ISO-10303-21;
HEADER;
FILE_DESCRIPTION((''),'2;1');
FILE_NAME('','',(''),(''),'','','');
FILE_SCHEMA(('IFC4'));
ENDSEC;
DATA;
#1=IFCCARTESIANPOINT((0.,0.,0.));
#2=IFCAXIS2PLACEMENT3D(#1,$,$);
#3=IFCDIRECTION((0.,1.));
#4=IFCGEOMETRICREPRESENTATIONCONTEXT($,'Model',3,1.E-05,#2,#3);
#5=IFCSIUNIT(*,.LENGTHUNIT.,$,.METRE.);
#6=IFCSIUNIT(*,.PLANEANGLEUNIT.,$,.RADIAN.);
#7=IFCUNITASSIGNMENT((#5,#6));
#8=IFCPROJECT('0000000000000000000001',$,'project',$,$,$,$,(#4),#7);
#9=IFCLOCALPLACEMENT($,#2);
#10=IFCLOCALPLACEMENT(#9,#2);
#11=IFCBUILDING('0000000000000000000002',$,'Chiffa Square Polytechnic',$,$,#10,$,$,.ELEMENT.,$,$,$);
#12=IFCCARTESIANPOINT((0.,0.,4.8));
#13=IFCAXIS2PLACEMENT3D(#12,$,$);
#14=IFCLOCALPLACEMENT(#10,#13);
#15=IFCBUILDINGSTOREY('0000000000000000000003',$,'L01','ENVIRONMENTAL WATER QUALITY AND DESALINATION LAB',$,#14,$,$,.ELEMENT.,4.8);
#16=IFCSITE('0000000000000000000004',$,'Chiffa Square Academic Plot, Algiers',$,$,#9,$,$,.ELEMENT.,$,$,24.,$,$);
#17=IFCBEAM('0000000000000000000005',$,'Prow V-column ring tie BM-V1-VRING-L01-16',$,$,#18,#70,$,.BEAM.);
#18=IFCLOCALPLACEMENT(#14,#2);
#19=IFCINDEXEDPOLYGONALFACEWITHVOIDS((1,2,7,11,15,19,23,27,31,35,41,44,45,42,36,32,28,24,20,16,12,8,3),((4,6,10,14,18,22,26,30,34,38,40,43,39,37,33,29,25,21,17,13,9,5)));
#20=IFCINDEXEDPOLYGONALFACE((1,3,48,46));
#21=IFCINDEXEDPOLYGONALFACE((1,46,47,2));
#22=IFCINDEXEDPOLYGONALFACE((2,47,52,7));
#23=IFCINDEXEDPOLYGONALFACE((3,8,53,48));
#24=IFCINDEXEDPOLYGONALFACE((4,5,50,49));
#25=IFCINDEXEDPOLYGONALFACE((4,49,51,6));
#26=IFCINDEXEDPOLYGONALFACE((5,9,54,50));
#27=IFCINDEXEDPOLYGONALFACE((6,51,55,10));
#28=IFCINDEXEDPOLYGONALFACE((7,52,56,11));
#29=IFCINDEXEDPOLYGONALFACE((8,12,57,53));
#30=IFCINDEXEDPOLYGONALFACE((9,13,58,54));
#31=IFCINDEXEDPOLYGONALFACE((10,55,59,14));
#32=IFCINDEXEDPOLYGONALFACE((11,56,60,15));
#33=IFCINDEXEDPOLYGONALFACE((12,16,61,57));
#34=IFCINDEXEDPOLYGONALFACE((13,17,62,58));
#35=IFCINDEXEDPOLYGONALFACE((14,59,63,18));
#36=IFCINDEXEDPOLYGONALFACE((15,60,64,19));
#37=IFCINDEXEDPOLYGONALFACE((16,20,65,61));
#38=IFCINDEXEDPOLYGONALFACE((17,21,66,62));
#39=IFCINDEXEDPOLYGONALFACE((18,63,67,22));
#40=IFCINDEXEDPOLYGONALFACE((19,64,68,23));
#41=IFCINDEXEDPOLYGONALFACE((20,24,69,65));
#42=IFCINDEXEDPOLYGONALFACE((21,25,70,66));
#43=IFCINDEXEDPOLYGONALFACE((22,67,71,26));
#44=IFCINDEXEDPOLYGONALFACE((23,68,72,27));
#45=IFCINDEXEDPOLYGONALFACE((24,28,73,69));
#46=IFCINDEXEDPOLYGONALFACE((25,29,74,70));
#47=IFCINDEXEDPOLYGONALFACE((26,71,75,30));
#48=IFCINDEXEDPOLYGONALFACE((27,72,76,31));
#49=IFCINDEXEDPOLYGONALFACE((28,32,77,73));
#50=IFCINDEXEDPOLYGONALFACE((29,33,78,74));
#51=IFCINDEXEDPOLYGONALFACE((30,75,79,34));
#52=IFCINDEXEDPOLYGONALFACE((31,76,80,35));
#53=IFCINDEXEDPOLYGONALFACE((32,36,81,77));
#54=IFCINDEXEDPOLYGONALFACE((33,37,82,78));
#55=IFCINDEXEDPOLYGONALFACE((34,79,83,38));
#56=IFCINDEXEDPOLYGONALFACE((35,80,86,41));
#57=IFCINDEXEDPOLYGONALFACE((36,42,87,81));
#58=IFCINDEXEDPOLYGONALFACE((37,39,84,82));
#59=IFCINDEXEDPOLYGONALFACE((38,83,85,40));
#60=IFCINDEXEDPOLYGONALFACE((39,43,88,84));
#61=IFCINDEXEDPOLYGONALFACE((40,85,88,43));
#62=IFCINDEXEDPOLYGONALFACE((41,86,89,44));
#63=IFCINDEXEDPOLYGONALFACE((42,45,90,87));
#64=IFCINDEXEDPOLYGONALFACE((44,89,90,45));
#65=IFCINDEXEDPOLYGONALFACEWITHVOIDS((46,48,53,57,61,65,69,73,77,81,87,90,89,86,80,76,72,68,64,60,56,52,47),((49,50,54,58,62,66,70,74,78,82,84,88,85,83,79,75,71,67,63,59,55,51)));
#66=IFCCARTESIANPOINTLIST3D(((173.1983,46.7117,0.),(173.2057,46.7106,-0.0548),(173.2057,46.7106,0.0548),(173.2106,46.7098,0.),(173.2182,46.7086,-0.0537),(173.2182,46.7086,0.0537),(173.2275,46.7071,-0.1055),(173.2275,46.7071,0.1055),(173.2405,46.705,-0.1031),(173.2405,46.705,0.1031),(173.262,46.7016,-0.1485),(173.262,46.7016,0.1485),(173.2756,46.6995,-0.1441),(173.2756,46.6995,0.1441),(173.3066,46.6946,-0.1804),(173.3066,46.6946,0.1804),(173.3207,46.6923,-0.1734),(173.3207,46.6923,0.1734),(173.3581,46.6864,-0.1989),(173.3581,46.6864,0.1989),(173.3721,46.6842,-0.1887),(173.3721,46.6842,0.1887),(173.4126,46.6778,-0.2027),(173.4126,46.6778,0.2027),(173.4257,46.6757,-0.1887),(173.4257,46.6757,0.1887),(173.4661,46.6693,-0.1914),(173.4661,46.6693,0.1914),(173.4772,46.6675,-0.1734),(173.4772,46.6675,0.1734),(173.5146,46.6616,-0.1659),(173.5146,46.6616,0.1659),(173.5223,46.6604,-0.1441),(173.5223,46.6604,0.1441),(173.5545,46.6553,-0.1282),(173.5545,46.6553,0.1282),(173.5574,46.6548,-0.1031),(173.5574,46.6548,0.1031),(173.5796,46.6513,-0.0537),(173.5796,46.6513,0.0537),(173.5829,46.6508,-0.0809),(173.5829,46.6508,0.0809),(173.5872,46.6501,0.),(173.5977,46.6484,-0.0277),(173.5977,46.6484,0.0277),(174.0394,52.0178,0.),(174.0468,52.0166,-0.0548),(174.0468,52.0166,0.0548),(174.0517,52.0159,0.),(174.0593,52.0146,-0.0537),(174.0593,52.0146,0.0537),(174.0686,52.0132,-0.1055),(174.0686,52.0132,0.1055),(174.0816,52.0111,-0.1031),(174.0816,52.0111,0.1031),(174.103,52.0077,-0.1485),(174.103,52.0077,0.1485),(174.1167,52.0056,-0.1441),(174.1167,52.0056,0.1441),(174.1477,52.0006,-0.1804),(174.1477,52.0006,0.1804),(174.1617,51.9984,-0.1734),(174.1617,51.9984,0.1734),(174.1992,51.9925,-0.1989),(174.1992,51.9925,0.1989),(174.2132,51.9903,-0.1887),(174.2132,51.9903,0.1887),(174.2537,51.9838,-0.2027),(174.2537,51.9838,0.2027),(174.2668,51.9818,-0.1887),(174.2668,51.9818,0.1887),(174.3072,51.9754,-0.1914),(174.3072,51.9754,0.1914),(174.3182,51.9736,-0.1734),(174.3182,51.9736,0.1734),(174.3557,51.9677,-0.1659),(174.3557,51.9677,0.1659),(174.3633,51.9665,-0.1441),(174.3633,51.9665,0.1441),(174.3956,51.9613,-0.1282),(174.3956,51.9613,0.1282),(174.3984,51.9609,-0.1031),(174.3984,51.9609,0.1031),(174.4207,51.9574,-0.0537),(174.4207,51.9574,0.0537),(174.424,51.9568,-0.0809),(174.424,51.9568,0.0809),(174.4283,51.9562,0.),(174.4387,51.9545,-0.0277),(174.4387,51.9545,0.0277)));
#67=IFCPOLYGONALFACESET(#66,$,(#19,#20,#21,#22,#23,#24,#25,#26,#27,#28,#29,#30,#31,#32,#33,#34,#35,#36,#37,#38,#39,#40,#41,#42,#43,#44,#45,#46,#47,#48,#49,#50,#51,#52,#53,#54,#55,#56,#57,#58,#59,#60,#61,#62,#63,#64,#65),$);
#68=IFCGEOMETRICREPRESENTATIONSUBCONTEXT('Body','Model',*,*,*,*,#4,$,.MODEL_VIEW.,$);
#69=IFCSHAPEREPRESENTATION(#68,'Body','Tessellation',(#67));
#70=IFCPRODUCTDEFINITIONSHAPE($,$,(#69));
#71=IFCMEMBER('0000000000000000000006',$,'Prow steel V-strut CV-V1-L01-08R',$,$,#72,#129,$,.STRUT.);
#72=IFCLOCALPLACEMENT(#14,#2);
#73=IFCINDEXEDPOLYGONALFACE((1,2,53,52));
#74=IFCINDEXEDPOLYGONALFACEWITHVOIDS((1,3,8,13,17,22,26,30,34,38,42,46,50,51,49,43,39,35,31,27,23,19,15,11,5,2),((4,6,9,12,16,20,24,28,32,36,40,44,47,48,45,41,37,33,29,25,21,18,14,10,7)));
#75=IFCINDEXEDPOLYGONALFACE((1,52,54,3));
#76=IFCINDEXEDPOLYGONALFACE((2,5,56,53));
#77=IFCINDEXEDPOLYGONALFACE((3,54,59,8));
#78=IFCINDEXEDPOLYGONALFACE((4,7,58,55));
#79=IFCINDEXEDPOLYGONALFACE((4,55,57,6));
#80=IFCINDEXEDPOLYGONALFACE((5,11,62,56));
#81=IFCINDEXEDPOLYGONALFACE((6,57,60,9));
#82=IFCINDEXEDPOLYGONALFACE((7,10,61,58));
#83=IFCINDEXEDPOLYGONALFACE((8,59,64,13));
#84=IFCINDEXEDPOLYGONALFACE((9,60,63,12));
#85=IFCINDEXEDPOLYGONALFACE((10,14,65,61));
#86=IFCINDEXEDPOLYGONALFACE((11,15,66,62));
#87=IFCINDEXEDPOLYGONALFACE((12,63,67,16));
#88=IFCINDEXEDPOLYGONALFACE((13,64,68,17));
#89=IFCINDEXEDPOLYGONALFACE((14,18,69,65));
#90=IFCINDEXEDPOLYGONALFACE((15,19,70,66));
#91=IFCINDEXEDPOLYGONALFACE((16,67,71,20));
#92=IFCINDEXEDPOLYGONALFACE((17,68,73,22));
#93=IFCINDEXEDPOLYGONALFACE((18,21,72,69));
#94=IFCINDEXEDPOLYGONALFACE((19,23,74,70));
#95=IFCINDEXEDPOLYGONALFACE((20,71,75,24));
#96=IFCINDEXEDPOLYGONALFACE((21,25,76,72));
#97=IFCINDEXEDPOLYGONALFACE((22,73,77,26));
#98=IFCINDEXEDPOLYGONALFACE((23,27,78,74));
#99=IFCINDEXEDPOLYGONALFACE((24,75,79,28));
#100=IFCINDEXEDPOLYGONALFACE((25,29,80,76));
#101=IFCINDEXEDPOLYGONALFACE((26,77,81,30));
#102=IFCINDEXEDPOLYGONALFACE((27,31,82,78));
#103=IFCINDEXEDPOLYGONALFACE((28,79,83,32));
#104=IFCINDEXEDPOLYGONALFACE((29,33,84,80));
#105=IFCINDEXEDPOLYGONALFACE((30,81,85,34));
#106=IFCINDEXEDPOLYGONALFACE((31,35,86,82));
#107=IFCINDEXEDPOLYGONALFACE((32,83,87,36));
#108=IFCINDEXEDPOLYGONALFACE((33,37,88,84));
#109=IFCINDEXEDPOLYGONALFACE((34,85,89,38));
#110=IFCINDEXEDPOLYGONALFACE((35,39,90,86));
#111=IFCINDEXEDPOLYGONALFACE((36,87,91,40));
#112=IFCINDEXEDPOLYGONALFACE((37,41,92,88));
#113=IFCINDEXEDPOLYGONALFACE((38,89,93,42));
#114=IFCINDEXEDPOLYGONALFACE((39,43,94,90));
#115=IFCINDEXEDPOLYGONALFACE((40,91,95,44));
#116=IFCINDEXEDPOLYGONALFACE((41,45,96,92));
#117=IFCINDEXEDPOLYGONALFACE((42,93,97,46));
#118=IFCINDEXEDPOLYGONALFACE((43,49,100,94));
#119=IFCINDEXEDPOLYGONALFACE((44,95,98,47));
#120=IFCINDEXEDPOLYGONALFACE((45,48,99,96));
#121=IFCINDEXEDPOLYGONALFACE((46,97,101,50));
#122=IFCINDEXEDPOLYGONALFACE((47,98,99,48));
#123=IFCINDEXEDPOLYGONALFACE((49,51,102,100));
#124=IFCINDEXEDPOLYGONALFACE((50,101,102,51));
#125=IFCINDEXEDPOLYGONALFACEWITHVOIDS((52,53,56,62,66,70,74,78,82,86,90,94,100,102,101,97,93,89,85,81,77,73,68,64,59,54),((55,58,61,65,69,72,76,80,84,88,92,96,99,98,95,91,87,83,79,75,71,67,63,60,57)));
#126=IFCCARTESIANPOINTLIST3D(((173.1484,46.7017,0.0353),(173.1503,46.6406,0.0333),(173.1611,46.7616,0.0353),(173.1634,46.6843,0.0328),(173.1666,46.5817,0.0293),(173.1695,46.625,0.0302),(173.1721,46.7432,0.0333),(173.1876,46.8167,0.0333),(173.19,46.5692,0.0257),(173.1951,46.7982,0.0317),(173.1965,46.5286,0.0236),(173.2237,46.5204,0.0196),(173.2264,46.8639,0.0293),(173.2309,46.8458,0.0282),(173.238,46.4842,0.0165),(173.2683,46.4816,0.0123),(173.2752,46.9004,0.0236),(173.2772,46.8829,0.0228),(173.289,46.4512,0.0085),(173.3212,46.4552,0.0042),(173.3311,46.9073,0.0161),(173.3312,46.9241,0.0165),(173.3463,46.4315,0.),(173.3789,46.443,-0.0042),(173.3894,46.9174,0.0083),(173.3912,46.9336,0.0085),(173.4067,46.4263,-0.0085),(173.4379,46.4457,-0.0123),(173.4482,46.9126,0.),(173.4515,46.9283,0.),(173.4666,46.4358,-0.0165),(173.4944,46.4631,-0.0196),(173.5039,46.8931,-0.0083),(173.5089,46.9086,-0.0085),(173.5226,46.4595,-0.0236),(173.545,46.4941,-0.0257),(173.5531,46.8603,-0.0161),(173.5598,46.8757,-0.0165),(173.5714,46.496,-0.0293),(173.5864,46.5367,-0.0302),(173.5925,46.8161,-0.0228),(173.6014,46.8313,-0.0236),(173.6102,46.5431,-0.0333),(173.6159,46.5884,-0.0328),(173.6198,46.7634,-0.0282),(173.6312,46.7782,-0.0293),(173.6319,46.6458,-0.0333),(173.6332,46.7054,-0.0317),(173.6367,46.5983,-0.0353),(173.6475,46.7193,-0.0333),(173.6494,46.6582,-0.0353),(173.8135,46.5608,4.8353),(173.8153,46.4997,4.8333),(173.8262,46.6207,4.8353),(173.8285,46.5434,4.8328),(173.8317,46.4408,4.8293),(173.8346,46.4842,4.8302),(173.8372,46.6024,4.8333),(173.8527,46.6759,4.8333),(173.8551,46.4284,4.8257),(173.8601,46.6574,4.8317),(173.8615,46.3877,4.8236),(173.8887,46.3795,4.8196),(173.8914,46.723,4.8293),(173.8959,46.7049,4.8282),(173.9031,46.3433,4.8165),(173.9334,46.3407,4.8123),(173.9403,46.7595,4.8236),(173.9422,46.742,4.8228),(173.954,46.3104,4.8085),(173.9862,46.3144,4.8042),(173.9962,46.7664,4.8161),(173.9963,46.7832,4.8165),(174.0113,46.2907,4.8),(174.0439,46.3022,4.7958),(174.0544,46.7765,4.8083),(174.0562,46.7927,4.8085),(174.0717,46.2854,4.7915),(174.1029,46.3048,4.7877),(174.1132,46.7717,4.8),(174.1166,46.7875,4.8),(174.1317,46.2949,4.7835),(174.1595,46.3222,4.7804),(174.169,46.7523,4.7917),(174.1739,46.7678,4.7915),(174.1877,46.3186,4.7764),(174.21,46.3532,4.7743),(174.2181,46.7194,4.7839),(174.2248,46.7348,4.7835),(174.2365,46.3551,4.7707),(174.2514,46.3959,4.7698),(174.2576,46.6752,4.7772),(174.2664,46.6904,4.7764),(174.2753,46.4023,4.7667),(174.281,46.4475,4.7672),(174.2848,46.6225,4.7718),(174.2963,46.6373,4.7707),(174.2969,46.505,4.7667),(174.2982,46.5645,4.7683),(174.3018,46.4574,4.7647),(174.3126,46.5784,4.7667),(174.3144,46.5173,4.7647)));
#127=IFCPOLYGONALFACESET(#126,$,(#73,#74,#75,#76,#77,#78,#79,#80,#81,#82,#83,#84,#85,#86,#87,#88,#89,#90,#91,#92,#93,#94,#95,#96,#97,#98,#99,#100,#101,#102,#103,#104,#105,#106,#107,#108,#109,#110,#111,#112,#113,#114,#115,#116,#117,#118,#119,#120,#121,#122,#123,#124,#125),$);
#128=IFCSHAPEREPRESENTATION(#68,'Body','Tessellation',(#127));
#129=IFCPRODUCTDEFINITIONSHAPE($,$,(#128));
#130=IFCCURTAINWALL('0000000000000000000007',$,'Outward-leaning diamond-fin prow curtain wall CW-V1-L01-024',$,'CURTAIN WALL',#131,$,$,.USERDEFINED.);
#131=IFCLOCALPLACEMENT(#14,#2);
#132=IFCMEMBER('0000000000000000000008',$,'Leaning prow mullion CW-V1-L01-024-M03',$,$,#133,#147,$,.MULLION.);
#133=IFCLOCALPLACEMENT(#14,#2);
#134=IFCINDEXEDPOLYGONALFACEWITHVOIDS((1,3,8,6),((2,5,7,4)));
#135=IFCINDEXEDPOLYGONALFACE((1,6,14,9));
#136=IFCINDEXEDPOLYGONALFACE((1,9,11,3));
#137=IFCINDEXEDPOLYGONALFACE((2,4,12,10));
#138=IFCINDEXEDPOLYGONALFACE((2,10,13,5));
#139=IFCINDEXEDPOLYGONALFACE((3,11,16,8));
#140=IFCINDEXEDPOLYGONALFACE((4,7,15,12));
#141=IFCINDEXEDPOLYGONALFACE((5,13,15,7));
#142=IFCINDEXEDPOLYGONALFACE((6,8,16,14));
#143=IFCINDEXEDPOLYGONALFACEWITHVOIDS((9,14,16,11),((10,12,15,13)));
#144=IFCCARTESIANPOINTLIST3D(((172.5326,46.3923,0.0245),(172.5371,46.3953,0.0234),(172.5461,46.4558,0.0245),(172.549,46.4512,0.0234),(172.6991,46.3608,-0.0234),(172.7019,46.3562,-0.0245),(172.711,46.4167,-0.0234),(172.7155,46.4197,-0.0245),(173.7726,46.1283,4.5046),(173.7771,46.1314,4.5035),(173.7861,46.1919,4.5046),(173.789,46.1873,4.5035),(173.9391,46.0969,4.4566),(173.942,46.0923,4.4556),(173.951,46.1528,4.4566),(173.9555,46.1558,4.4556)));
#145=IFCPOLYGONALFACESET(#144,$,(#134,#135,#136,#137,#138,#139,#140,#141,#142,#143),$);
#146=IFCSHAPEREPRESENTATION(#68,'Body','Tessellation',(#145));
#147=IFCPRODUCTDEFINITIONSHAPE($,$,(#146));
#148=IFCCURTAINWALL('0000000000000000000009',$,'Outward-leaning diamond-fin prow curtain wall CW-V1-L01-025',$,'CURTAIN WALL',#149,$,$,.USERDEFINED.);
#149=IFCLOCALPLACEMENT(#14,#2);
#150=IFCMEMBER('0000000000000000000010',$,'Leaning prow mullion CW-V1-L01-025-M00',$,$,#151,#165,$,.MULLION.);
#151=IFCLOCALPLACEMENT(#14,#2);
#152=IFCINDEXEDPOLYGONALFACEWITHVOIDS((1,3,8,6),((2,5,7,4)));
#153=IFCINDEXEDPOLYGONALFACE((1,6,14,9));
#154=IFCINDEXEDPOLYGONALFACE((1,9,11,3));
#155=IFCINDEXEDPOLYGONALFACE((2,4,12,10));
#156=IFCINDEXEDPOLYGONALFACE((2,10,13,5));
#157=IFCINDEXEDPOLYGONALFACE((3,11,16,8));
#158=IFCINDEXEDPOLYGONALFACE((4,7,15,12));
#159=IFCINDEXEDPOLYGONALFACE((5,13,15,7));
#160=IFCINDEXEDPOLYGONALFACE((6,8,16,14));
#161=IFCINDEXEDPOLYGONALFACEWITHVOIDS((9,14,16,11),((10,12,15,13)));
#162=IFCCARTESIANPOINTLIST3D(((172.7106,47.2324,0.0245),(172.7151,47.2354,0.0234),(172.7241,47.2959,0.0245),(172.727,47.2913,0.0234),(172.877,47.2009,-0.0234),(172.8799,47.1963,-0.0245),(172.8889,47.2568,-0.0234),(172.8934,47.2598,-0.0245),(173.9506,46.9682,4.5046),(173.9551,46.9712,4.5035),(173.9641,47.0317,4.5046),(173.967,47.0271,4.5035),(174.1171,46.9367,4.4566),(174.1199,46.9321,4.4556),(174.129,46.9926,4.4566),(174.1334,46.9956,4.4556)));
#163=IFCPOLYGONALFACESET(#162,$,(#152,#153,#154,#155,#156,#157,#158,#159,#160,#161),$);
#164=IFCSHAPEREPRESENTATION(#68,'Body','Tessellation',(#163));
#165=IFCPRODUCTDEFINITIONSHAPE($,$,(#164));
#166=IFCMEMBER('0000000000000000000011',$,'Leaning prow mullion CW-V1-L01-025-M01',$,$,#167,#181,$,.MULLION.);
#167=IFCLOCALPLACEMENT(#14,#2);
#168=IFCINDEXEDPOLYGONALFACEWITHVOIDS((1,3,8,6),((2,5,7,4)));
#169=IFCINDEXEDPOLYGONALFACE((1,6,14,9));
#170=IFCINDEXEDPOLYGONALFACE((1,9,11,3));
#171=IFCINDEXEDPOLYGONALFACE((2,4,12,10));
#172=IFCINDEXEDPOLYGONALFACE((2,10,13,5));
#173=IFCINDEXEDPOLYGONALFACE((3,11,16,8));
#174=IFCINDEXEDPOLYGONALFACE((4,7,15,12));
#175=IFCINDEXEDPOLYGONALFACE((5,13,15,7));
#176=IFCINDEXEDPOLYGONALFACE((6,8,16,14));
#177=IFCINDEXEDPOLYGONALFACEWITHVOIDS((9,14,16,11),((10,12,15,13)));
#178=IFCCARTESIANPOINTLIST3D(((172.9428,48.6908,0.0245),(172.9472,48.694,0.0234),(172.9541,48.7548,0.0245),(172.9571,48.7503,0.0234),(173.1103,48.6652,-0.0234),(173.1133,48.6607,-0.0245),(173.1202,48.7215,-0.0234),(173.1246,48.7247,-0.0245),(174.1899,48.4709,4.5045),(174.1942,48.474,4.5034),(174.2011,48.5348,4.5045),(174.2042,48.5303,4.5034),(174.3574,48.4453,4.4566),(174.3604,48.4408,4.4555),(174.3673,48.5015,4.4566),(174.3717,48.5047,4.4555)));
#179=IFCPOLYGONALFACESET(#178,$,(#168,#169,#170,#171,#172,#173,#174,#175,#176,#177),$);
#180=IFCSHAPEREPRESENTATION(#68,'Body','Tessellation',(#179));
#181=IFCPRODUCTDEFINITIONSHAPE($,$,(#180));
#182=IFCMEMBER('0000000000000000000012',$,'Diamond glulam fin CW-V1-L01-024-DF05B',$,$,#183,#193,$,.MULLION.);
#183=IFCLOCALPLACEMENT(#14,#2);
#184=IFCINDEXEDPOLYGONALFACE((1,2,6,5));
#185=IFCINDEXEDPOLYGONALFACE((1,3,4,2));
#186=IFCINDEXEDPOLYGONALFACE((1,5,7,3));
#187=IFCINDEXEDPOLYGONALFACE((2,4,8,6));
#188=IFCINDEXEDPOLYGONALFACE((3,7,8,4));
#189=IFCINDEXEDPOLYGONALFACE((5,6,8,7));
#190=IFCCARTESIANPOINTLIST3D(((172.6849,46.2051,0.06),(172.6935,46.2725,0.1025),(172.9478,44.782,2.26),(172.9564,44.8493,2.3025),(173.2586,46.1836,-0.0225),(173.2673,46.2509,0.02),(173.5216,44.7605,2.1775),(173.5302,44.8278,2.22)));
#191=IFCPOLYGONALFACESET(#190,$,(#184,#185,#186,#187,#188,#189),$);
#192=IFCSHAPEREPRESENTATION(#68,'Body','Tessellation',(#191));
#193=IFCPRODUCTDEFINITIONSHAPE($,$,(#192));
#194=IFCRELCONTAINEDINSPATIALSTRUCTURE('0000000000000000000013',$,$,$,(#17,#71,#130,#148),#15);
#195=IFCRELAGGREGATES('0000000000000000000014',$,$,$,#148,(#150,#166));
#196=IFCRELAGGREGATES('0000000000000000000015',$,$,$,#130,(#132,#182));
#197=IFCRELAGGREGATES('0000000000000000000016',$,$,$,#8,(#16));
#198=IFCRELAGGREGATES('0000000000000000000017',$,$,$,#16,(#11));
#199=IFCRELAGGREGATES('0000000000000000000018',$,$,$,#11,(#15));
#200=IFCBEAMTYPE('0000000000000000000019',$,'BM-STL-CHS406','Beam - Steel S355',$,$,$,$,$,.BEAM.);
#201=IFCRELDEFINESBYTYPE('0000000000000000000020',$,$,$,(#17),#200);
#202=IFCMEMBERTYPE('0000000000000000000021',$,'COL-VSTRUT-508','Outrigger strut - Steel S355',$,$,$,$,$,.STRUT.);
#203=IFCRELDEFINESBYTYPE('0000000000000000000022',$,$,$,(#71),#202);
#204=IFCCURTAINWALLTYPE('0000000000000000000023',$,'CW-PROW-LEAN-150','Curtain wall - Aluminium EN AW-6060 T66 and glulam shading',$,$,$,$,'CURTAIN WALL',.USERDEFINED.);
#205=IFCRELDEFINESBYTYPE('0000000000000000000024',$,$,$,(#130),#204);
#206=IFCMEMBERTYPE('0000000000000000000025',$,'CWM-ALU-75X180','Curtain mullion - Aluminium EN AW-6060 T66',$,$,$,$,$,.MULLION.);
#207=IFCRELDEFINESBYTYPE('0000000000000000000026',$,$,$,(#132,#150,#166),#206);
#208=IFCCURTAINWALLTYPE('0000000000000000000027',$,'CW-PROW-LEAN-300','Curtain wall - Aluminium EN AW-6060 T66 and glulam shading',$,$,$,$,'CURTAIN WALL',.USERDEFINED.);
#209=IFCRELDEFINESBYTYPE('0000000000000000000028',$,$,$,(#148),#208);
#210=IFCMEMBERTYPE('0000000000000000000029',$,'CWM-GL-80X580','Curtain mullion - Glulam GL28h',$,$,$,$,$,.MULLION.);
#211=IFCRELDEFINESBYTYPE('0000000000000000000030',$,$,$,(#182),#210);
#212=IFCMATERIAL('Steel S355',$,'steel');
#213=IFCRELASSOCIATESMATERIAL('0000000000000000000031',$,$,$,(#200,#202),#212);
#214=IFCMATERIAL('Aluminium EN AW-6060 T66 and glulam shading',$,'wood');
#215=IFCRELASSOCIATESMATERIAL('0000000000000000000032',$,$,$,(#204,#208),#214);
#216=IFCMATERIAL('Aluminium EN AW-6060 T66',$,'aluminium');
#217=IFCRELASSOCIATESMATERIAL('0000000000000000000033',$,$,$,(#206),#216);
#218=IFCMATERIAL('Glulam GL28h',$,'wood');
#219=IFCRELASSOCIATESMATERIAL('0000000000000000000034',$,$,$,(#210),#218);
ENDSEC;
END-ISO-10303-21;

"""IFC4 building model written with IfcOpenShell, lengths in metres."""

from ifc_helpers import new_model, si_unit, direction, frame, origin, origin_2d, place, context, subcontext, project, spatial, rectangle, hollow_rectangle, hollow_circle, extrude, material, material_profile, profile_set, type_object, element, aggregate, save


model = new_model("IFC4")

# Units and contexts
model_context = context("Model", 3, precision=1e-05, world=origin(), true_north=direction((0.0, 1.0)))
body_context = subcontext(model_context, "Body", "Model", "MODEL_VIEW")
ifc_project = project(units=[si_unit("LENGTHUNIT", "METRE"), si_unit("PLANEANGLEUNIT", "RADIAN")], contexts=[model_context])

# Site, building, storey
site_placement = place(None, origin())
site = spatial("IfcSite", under=ifc_project, at=site_placement, Name="Chiffa Square Academic Plot, Algiers", CompositionType="ELEMENT", RefElevation=24.0)
building_placement = place(site_placement, origin())
building = spatial("IfcBuilding", under=site, at=building_placement, Name="Chiffa Square Polytechnic", CompositionType="ELEMENT")
storey_placement = place(building_placement, frame((0.0, 0.0, 4.8)))
storey = spatial("IfcBuildingStorey", under=building, at=storey_placement, Name="L01", Description="ENVIRONMENTAL WATER QUALITY AND DESALINATION LAB", CompositionType="ELEMENT", Elevation=4.8)

# Beam
ifc_material_1 = material(Name="Steel S355", Category="steel")
ifc_material_profile_1 = material_profile(ifc_material_1, hollow_circle(Radius=0.2031, WallThickness=0.0125, at=origin_2d()), Name="CHS 406.4x12.5")
ifc_profile_set_1 = profile_set([ifc_material_profile_1], Name="Steel S355")
beam_type = type_object("IfcBeamType", Name="BM-STL-CHS406", Description="Beam - Steel S355", PredefinedType="BEAM", material=ifc_profile_set_1)
beam_placement = place(storey_placement, frame((173.3989, 46.6799, 0.0), z_axis=(0.156553, 0.98767, 0.0), x_axis=(-0.98767, 0.156553, 0.0)))
element("IfcBeam", 1, at=beam_placement, inside=storey, type_object=beam_type, Name="Prow V-column ring tie BM-V1-VRING-L01-16", PredefinedType="BEAM", context=body_context, shape_type="SweptSolid", body=[
    extrude(hollow_circle(Radius=0.2031, WallThickness=0.0125, at=origin_2d()), origin(), (0.0, 0.0, 1.0), 5.3723),
])

# Member
ifc_material_profile_2 = material_profile(ifc_material_1, hollow_circle(Radius=0.2539, WallThickness=0.0161, at=origin_2d()), Name="CHS 508x16")
ifc_profile_set_2 = profile_set([ifc_material_profile_2], Name="Steel S355")
member_type_1 = type_object("IfcMemberType", Name="COL-VSTRUT-508", Description="Outrigger strut - Steel S355", PredefinedType="STRUT", material=ifc_profile_set_2)
member_1_placement = place(storey_placement, frame((173.3989, 46.6799, 0.0), z_axis=(0.13718, -0.029057, 0.99012), x_axis=(0.207223, 0.978294, 0.0)))
element("IfcMember", 2, at=member_1_placement, inside=storey, type_object=member_type_1, Name="Prow steel V-strut CV-V1-L01-08R", PredefinedType="STRUT", context=body_context, shape_type="SweptSolid", body=[
    extrude(hollow_circle(Radius=0.2539, WallThickness=0.0161, at=origin_2d()), origin(), (0.0, 0.0, 1.0), 4.8479),
])

# Curtain wall, member
ifc_material_2 = material(Name="Aluminium EN AW-6060 T66 and glulam shading", Category="wood")
curtain_wall_type_1 = type_object("IfcCurtainWallType", Name="CW-PROW-LEAN-150", Description="Curtain wall - Aluminium EN AW-6060 T66 and glulam shading", ElementType="CURTAIN WALL", PredefinedType="USERDEFINED", material=ifc_material_2)
curtain_wall_1_placement = place(storey_placement, origin())
curtain_wall_1 = element("IfcCurtainWall", 3, at=curtain_wall_1_placement, inside=storey, type_object=curtain_wall_type_1, Name="Outward-leaning diamond-fin prow curtain wall CW-V1-L01-024", ObjectType="CURTAIN WALL", PredefinedType="USERDEFINED")
ifc_material_3 = material(Name="Aluminium EN AW-6060 T66", Category="aluminium")
ifc_material_profile_3 = material_profile(ifc_material_3, hollow_rectangle(XDim=0.0649, YDim=0.1799, WallThickness=0.0039, at=origin_2d()), Name="ALU 65x180x4")
ifc_profile_set_3 = profile_set([ifc_material_profile_3], Name="Aluminium EN AW-6060 T66")
member_type_2 = type_object("IfcMemberType", Name="CWM-ALU-75X180", Description="Curtain mullion - Aluminium EN AW-6060 T66", PredefinedType="MULLION", material=ifc_profile_set_3)
member_2_placement = place(storey_placement, frame((172.624, 46.406, 0.0), z_axis=(0.266326, -0.056684, 0.962215), x_axis=(0.208174, 0.978092, 0.0)))
member_2 = element("IfcMember", 4, at=member_2_placement, type_object=member_type_2, Name="Leaning prow mullion CW-V1-L01-024-M03", PredefinedType="MULLION", context=body_context, shape_type="SweptSolid", body=[
    extrude(hollow_rectangle(XDim=0.0649, YDim=0.1799, WallThickness=0.0039, at=origin_2d()), origin(), (0.0, 0.0, 1.0), 4.656),
])

# Curtain wall, members
curtain_wall_type_2 = type_object("IfcCurtainWallType", Name="CW-PROW-LEAN-300", Description="Curtain wall - Aluminium EN AW-6060 T66 and glulam shading", ElementType="CURTAIN WALL", PredefinedType="USERDEFINED", material=ifc_material_2)
curtain_wall_2_placement = place(storey_placement, origin())
curtain_wall_2 = element("IfcCurtainWall", 5, at=curtain_wall_2_placement, inside=storey, type_object=curtain_wall_type_2, Name="Outward-leaning diamond-fin prow curtain wall CW-V1-L01-025", ObjectType="CURTAIN WALL", PredefinedType="USERDEFINED")
member_3_placement = place(storey_placement, frame((172.802, 47.2461, 0.0), z_axis=(0.266326, -0.056736, 0.962212), x_axis=(0.208359, 0.978053, 0.0)))
member_3 = element("IfcMember", 6, at=member_3_placement, type_object=member_type_2, Name="Leaning prow mullion CW-V1-L01-025-M00", PredefinedType="MULLION", context=body_context, shape_type="SweptSolid", body=[
    extrude(hollow_rectangle(XDim=0.0649, YDim=0.1799, WallThickness=0.0039, at=origin_2d()), origin(), (0.0, 0.0, 1.0), 4.656),
])
member_4_placement = place(storey_placement, frame((173.0337, 48.7078, 0.0), z_axis=(0.26787, -0.04725, 0.962296), x_axis=(0.173708, 0.984797, 0.0)))
member_4 = element("IfcMember", 7, at=member_4_placement, type_object=member_type_2, Name="Leaning prow mullion CW-V1-L01-025-M01", PredefinedType="MULLION", context=body_context, shape_type="SweptSolid", body=[
    extrude(hollow_rectangle(XDim=0.0649, YDim=0.1799, WallThickness=0.0039, at=origin_2d()), origin(), (0.0, 0.0, 1.0), 4.6555),
])

# Member
ifc_material_4 = material(Name="Glulam GL28h", Category="wood")
ifc_material_profile_4 = material_profile(ifc_material_4, rectangle(XDim=0.0801, YDim=0.5801, at=origin_2d()), Name="GL28h 80x580")
ifc_profile_set_4 = profile_set([ifc_material_profile_4], Name="Glulam GL28h")
member_type_3 = type_object("IfcMemberType", Name="CWM-GL-80X580", Description="Curtain mullion - Glulam GL28h", PredefinedType="MULLION", material=ifc_profile_set_4)
member_5_placement = place(storey_placement, frame((172.9761, 46.228, 0.04), z_axis=(0.099853, -0.540429, 0.835444), x_axis=(0.107891, 0.84057, 0.53085)))
member_5 = element("IfcMember", 8, at=member_5_placement, type_object=member_type_3, Name="Diamond glulam fin CW-V1-L01-024-DF05B", PredefinedType="MULLION", context=body_context, shape_type="SweptSolid", body=[
    extrude(rectangle(XDim=0.0801, YDim=0.5801, at=origin_2d()), origin(), (0.0, 0.0, 1.0), 2.6333),
])

aggregate(curtain_wall_2, [member_3, member_4])
aggregate(curtain_wall_1, [member_2, member_5])

save(model, "model.ifc")
